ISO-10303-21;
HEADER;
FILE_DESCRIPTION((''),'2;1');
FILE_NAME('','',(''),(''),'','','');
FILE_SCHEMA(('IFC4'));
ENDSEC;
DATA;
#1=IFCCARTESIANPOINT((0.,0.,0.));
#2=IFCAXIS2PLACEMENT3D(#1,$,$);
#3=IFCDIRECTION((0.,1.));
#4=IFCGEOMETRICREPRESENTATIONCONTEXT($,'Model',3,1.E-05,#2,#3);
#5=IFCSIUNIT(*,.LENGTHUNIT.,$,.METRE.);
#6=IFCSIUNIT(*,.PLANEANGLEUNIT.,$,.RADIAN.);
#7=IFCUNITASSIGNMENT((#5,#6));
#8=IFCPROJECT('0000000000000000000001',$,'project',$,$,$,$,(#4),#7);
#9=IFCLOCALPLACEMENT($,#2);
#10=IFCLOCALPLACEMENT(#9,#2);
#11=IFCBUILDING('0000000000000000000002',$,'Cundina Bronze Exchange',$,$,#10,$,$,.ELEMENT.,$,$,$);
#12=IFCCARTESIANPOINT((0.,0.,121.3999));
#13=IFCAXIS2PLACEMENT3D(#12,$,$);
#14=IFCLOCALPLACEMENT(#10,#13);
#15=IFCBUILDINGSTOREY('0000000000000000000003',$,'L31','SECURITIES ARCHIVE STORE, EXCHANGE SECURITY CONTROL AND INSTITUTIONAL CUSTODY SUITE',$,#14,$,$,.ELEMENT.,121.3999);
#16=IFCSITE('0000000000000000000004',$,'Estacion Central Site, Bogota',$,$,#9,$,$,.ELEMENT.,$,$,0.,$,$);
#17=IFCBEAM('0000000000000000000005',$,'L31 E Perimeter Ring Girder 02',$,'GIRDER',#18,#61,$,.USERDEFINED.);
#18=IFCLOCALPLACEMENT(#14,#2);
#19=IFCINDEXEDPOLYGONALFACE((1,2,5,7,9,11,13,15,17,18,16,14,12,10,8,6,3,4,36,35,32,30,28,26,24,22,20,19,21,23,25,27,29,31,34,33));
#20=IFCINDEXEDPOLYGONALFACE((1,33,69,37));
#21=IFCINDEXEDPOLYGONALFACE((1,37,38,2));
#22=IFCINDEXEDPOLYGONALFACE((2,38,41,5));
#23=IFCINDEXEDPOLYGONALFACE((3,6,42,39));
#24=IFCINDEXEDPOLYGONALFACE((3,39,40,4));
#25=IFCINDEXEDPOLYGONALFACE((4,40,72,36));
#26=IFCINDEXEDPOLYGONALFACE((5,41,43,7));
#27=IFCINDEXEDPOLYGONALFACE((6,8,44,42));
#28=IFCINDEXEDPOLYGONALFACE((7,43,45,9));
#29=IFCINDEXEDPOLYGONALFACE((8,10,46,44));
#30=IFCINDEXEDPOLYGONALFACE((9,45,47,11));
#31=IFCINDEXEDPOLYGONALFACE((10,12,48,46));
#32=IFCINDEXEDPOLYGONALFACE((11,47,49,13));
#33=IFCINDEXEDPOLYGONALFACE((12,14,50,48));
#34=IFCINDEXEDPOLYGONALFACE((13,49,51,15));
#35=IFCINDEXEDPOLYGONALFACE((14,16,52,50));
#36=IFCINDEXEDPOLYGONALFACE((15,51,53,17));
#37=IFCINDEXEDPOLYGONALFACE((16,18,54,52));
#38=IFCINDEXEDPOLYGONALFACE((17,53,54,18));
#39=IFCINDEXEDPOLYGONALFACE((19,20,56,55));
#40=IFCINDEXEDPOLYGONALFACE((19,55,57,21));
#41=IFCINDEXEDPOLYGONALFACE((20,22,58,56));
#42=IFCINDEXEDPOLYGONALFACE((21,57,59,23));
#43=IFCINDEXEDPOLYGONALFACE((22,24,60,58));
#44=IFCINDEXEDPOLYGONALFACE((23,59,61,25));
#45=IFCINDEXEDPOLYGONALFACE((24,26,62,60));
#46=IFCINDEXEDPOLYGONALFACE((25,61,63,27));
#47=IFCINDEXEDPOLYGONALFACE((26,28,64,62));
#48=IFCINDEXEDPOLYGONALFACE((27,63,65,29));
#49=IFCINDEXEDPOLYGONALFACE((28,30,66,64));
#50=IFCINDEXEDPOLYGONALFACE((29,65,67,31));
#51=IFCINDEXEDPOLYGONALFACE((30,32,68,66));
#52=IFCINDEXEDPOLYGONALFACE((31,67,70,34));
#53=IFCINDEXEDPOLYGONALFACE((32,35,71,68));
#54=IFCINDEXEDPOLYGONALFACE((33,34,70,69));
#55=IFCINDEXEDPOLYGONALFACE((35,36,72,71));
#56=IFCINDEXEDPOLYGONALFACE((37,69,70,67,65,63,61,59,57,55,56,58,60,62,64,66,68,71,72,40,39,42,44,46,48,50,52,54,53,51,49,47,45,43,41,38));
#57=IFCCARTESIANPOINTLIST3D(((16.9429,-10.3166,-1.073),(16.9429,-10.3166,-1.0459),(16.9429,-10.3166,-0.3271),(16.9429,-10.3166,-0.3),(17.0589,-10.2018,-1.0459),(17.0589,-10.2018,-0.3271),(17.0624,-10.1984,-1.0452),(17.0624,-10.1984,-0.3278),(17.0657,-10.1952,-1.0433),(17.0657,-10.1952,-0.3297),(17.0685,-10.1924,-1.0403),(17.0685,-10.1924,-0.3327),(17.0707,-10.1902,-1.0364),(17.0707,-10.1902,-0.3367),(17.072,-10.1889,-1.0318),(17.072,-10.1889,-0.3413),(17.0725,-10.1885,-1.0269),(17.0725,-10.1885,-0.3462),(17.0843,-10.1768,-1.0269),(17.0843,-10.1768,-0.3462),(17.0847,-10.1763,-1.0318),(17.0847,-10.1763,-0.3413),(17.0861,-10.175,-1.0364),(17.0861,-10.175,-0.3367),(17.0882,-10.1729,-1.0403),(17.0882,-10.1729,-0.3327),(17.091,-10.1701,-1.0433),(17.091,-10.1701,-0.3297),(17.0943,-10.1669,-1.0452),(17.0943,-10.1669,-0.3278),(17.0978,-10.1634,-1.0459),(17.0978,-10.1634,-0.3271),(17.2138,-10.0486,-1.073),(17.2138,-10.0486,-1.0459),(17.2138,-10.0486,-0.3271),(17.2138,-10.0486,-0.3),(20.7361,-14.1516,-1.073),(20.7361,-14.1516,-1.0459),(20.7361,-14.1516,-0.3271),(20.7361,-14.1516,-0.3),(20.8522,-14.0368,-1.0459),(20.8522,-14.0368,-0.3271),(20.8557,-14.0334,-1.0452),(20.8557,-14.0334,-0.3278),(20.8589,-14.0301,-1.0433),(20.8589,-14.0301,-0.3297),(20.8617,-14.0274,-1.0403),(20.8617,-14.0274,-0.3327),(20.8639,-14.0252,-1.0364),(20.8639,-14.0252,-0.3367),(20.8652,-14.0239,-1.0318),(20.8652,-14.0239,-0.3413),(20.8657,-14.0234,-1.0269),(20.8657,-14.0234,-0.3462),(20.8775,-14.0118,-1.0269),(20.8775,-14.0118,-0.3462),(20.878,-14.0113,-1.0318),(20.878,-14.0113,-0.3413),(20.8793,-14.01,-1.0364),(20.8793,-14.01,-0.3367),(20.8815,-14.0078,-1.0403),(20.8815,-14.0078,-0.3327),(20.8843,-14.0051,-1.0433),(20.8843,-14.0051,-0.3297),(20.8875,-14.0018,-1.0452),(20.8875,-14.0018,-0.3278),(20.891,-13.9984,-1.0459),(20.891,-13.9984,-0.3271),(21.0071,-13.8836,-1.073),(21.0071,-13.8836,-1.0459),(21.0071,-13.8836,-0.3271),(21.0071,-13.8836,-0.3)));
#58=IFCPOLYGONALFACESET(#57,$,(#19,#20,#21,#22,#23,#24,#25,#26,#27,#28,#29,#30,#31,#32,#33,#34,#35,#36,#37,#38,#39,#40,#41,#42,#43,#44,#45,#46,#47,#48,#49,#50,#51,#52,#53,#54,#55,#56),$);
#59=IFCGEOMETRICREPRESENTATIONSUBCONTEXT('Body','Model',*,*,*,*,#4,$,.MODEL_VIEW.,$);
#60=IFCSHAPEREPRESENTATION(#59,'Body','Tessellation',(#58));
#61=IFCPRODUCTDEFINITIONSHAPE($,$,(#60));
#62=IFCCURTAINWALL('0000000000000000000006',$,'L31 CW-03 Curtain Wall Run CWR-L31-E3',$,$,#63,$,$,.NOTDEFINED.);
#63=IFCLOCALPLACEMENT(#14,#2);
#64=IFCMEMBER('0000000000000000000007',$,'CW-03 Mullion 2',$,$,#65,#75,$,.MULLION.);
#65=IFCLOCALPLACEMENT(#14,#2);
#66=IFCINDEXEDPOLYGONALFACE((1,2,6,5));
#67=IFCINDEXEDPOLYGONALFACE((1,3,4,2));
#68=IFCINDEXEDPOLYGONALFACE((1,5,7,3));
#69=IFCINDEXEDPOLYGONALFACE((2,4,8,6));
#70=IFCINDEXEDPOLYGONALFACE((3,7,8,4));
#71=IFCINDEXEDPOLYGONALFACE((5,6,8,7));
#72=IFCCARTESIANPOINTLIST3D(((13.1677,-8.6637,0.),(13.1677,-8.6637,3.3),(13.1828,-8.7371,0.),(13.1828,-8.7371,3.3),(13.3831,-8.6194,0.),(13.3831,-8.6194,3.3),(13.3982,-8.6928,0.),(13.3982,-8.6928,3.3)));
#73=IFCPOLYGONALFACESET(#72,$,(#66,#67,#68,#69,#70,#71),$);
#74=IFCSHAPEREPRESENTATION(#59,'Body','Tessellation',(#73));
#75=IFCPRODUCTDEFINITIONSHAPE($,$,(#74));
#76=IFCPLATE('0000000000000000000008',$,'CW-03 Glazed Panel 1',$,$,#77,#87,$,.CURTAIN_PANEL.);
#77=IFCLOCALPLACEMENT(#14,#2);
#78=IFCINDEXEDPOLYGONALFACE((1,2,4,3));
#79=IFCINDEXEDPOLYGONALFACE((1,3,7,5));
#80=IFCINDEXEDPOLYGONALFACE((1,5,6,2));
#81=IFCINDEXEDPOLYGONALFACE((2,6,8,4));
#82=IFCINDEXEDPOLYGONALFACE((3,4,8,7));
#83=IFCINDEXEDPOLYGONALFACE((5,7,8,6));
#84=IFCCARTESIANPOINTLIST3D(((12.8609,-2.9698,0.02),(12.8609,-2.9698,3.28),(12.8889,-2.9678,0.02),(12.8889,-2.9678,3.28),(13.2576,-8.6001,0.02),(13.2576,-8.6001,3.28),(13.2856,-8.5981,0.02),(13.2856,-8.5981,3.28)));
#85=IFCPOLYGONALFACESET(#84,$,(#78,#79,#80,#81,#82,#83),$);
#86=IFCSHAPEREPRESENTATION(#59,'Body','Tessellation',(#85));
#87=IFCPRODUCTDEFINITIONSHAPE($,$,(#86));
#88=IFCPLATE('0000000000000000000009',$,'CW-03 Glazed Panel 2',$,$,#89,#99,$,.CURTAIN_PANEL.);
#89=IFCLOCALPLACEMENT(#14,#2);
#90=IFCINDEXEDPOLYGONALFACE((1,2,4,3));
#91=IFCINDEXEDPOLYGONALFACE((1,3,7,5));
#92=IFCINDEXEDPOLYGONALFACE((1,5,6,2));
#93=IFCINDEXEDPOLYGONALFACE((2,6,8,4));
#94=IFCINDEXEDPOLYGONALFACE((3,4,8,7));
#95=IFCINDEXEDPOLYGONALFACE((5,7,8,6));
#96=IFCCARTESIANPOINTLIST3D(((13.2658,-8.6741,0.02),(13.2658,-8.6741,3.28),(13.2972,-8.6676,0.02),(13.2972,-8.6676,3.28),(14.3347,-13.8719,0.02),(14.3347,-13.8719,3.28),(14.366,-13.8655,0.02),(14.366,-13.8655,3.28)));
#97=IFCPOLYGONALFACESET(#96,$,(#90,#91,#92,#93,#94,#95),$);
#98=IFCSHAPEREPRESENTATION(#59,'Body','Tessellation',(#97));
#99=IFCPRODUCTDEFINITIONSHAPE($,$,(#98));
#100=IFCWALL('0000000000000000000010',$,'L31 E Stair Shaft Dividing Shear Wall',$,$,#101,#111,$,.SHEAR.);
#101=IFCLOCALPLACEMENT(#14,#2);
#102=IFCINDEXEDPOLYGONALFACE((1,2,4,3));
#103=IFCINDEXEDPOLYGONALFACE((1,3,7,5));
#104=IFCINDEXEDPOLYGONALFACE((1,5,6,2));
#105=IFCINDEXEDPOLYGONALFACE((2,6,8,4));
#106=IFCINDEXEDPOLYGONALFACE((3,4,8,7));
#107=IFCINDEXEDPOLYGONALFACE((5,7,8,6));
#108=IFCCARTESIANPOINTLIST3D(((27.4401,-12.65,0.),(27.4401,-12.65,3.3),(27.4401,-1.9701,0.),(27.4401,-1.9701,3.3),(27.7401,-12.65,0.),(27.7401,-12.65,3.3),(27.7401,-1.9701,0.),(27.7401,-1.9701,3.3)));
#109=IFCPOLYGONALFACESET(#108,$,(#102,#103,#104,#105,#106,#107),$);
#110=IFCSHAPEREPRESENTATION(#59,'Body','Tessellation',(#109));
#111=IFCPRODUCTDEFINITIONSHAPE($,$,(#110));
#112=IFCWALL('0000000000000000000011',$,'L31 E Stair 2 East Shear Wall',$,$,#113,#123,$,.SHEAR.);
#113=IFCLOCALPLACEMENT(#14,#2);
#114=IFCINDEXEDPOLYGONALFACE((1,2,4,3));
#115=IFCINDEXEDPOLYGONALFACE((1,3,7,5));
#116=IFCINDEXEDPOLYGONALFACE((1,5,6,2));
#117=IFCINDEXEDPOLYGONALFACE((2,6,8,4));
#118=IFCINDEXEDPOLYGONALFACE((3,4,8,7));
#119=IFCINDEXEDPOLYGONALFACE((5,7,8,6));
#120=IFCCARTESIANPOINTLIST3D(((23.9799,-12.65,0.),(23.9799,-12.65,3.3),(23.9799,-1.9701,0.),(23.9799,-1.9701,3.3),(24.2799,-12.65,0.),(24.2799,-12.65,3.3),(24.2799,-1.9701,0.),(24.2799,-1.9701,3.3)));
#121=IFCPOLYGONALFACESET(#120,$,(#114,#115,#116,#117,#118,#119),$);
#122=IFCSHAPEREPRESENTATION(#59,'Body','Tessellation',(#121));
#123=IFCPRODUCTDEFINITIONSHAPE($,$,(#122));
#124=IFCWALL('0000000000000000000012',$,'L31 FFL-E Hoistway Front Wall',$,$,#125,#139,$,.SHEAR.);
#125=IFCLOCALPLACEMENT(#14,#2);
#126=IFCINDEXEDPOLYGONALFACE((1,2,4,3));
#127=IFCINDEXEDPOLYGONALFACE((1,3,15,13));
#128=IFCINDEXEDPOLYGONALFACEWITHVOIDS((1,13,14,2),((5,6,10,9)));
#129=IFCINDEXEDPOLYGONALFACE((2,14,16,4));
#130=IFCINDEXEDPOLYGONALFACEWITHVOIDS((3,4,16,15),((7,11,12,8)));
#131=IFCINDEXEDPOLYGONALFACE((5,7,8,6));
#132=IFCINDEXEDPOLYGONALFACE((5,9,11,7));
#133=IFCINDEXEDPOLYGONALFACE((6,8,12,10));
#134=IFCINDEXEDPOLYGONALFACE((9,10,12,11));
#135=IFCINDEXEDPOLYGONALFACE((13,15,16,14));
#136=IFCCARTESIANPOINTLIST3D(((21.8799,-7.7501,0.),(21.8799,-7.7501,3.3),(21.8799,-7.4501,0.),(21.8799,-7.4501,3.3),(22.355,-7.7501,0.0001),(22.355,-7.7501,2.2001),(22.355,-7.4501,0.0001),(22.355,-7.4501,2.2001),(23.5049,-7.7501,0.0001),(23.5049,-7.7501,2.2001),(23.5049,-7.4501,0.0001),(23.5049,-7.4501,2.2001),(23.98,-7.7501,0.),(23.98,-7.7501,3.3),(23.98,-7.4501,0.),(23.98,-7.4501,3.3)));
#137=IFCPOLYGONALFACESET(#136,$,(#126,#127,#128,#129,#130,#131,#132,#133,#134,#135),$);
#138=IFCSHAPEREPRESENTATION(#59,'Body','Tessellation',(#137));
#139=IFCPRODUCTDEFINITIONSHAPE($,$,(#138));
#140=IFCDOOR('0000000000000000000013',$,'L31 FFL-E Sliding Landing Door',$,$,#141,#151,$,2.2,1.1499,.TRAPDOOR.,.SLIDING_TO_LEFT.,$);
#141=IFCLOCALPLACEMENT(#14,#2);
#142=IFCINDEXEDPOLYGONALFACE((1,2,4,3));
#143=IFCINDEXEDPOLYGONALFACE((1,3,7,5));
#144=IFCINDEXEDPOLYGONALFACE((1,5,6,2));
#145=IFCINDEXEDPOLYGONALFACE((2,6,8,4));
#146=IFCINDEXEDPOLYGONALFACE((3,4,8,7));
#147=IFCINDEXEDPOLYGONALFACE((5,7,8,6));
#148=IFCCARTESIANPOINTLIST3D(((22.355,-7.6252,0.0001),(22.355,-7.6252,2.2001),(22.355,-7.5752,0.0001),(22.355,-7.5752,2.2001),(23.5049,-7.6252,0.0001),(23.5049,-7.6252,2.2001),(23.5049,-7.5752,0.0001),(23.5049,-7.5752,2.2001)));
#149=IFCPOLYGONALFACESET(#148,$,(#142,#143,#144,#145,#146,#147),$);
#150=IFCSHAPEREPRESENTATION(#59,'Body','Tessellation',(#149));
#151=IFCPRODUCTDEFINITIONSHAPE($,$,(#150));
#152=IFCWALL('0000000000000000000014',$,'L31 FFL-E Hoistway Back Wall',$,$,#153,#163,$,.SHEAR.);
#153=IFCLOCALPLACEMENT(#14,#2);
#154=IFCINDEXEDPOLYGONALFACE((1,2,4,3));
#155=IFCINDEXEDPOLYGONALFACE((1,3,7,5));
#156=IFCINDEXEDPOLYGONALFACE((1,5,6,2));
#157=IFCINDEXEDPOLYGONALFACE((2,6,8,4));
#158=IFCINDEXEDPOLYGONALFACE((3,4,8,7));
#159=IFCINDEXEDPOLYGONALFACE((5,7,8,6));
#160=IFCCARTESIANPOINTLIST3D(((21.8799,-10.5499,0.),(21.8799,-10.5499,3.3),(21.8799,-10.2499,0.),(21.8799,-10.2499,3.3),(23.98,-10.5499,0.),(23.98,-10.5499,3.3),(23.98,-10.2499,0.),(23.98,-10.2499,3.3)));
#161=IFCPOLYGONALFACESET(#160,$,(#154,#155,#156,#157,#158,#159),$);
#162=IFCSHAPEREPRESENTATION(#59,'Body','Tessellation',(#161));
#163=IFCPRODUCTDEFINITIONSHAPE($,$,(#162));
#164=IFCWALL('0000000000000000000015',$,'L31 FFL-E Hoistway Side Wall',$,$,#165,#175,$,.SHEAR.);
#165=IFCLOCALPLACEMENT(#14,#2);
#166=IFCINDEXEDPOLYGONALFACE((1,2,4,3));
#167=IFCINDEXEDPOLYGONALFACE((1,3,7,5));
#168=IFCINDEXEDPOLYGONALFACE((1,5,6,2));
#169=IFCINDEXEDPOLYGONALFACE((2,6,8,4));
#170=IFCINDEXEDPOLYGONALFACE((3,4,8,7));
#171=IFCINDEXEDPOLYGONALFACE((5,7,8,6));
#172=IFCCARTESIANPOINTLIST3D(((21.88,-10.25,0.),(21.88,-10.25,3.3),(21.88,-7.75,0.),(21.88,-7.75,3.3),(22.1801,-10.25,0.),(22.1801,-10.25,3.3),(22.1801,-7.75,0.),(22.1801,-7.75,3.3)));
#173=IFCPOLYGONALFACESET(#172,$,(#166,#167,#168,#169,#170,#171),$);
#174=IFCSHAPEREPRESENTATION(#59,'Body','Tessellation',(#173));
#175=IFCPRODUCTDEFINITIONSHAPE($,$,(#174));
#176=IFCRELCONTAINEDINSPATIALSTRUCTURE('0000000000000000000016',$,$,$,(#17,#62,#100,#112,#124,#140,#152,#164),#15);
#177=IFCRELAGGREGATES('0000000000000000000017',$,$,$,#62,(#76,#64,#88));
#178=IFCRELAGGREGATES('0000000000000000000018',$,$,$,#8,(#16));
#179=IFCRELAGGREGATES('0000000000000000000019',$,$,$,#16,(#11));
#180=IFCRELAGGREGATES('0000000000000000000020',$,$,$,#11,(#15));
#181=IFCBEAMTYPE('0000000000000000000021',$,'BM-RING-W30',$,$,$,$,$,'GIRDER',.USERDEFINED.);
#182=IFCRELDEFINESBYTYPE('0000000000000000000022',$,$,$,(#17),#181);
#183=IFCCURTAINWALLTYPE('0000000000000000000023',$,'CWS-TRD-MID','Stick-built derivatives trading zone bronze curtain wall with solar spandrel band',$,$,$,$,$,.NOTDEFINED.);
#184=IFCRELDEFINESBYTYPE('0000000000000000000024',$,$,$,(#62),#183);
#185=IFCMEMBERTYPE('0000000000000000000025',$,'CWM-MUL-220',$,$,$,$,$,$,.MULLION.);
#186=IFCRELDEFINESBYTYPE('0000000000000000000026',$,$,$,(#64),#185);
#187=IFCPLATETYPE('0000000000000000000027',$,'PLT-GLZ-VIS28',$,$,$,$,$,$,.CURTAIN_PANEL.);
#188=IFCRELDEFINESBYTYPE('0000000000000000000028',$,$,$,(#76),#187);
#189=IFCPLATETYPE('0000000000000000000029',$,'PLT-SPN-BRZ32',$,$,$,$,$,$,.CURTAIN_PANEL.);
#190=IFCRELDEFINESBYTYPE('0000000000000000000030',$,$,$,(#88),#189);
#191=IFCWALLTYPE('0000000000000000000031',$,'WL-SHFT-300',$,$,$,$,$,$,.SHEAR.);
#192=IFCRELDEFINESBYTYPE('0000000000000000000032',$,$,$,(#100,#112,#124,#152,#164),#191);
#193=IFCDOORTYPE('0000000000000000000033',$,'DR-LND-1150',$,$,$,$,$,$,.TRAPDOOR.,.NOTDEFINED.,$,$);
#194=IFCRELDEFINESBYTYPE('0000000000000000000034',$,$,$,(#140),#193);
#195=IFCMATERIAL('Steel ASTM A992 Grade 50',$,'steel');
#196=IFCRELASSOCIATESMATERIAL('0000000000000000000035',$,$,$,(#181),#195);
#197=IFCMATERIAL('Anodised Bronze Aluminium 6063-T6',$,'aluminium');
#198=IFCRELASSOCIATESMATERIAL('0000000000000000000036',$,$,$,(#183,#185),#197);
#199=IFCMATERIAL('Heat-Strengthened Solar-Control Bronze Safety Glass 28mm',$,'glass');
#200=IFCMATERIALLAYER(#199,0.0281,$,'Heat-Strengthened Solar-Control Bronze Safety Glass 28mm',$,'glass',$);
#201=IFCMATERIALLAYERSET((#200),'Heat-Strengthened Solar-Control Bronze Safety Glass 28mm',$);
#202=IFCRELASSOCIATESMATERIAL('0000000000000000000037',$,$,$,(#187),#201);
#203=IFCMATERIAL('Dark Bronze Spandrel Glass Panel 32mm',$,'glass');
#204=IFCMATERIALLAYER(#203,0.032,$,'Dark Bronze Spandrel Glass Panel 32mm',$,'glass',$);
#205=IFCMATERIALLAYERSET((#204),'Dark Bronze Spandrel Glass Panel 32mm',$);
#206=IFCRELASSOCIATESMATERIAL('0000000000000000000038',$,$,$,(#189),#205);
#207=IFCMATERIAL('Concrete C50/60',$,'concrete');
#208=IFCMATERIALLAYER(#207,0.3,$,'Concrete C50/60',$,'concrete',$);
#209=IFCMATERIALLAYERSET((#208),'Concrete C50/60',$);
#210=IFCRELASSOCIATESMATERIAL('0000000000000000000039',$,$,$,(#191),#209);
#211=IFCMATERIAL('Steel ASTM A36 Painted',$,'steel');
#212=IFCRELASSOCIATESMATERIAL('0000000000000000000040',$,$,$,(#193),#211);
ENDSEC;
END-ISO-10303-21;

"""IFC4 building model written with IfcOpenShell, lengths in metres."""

from ifc_helpers import new_model, si_unit, direction, frame, frame_2d, origin, origin_2d, place, context, subcontext, project, spatial, rectangle, i_section, extrude, material, layer, layer_set, material_profile, profile_set, type_object, element, fill, aggregate, save


model = new_model("IFC4")

# Units and contexts
model_context = context("Model", 3, precision=1e-05, world=origin(), true_north=direction((0.0, 1.0)))
body_context = subcontext(model_context, "Body", "Model", "MODEL_VIEW")
ifc_project = project(units=[si_unit("LENGTHUNIT", "METRE"), si_unit("PLANEANGLEUNIT", "RADIAN")], contexts=[model_context])

# Site, building, storey
site_placement = place(None, origin())
site = spatial("IfcSite", under=ifc_project, at=site_placement, Name="Estacion Central Site, Bogota", CompositionType="ELEMENT", RefElevation=0.0)
building_placement = place(site_placement, origin())
building = spatial("IfcBuilding", under=site, at=building_placement, Name="Cundina Bronze Exchange", CompositionType="ELEMENT")
storey_placement = place(building_placement, frame((0.0, 0.0, 121.3999)))
storey = spatial("IfcBuildingStorey", under=building, at=storey_placement, Name="L31", Description="SECURITIES ARCHIVE STORE, EXCHANGE SECURITY CONTROL AND INSTITUTIONAL CUSTODY SUITE", CompositionType="ELEMENT", Elevation=121.3999)

# Beam
ifc_material_1 = material(Name="Steel ASTM A992 Grade 50", Category="steel")
ifc_material_profile_1 = material_profile(ifc_material_1, i_section(OverallWidth=0.3811, OverallDepth=0.7729, WebThickness=0.0166, FlangeThickness=0.0271, FilletRadius=0.019, at=origin_2d()), Name="W30X173", Category="steel")
ifc_profile_set_1 = profile_set([ifc_material_profile_1], Name="Steel ASTM A992 Grade 50")
beam_type_1 = type_object("IfcBeamType", Name="BM-RING-W30", ElementType="GIRDER", PredefinedType="USERDEFINED", material=ifc_profile_set_1)
beam_1_placement = place(storey_placement, frame((17.0784, -10.1826, -0.6865), z_axis=(0.703226, -0.710966, 0.0), x_axis=(0.710966, 0.703226, 0.0)))
element("IfcBeam", 1, at=beam_1_placement, inside=storey, type_object=beam_type_1, Name="L31 E Perimeter Ring Girder 02", ObjectType="GIRDER", PredefinedType="USERDEFINED", context=body_context, shape_type="SweptSolid", body=[
    extrude(i_section(OverallWidth=0.3811, OverallDepth=0.7729, WebThickness=0.0166, FlangeThickness=0.0271, FilletRadius=0.019, at=origin_2d()), origin(), (0.0, 0.0, 1.0), 5.394),
])

# Curtain wall, member, plates
ifc_material_2 = material(Name="Anodised Bronze Aluminium 6063-T6", Category="aluminium")
curtain_wall_type = type_object("IfcCurtainWallType", Name="CWS-TRD-MID", Description="Stick-built derivatives trading zone bronze curtain wall with solar spandrel band", PredefinedType="NOTDEFINED", material=ifc_material_2)
curtain_wall_placement = place(storey_placement, origin())
curtain_wall = element("IfcCurtainWall", 2, at=curtain_wall_placement, inside=storey, type_object=curtain_wall_type, Name="L31 CW-03 Curtain Wall Run CWR-L31-E3", PredefinedType="NOTDEFINED")
ifc_material_profile_2 = material_profile(ifc_material_2, rectangle(XDim=0.075, YDim=0.22, at=origin_2d()), Name="AL75X220", Category="aluminium")
ifc_profile_set_2 = profile_set([ifc_material_profile_2], Name="Anodised Bronze Aluminium 6063-T6")
member_type = type_object("IfcMemberType", Name="CWM-MUL-220", PredefinedType="MULLION", material=ifc_profile_set_2)
member_placement = place(storey_placement, frame((13.283, -8.6782, 0.0), z_axis=(0.0, 0.0, 1.0), x_axis=(0.20142, -0.979505, 0.0)))
member = element("IfcMember", 3, at=member_placement, type_object=member_type, Name="CW-03 Mullion 2", PredefinedType="MULLION", context=body_context, shape_type="SweptSolid", body=[
    extrude(rectangle(XDim=0.075, YDim=0.22, at=origin_2d()), origin(), (0.0, 0.0, 1.0), 3.3),
])
ifc_material_3 = material(Name="Heat-Strengthened Solar-Control Bronze Safety Glass 28mm", Category="glass")
ifc_layer_1 = layer(ifc_material_3, 0.0281, Name="Heat-Strengthened Solar-Control Bronze Safety Glass 28mm", Category="glass")
ifc_layer_set_1 = layer_set([ifc_layer_1], Name="Heat-Strengthened Solar-Control Bronze Safety Glass 28mm")
plate_type_1 = type_object("IfcPlateType", Name="PLT-GLZ-VIS28", PredefinedType="CURTAIN_PANEL", material=ifc_layer_set_1)
plate_1_placement = place(storey_placement, frame((13.0732, -5.7839, 0.02), z_axis=(0.0, 0.0, 1.0), x_axis=(0.070279, -0.997527, 0.0)))
plate_1 = element("IfcPlate", 4, at=plate_1_placement, type_object=plate_type_1, Name="CW-03 Glazed Panel 1", PredefinedType="CURTAIN_PANEL", context=body_context, shape_type="SweptSolid", body=[
    extrude(rectangle(XDim=5.6443, YDim=0.0281, at=origin_2d()), origin(), (0.0, 0.0, 1.0), 3.26),
])
ifc_material_4 = material(Name="Dark Bronze Spandrel Glass Panel 32mm", Category="glass")
ifc_layer_2 = layer(ifc_material_4, 0.032, Name="Dark Bronze Spandrel Glass Panel 32mm", Category="glass")
ifc_layer_set_2 = layer_set([ifc_layer_2], Name="Dark Bronze Spandrel Glass Panel 32mm")
plate_type_2 = type_object("IfcPlateType", Name="PLT-SPN-BRZ32", PredefinedType="CURTAIN_PANEL", material=ifc_layer_set_2)
plate_2_placement = place(storey_placement, frame((13.8159, -11.2698, 0.02), z_axis=(0.0, 0.0, 1.0), x_axis=(0.20142, -0.979505, 0.0)))
plate_2 = element("IfcPlate", 5, at=plate_2_placement, type_object=plate_type_2, Name="CW-03 Glazed Panel 2", PredefinedType="CURTAIN_PANEL", context=body_context, shape_type="SweptSolid", body=[
    extrude(rectangle(XDim=5.3066, YDim=0.032, at=origin_2d()), origin(), (0.0, 0.0, 1.0), 3.26),
])
aggregate(curtain_wall, [plate_1, member, plate_2])

# Walls
ifc_material_5 = material(Name="Concrete C50/60", Category="concrete")
ifc_layer_3 = layer(ifc_material_5, 0.3, Name="Concrete C50/60", Category="concrete")
ifc_layer_set_3 = layer_set([ifc_layer_3], Name="Concrete C50/60")
wall_type_1 = type_object("IfcWallType", Name="WL-SHFT-300", PredefinedType="SHEAR", material=ifc_layer_set_3)
for number, where, z_axis, x_axis, name in (
    (6, (27.5901, -12.6499, 0.0), (0.0, 0.0, 1.0), (0.0, 1.0, 0.0), "L31 E Stair Shaft Dividing Shear Wall"),
    (7, (24.1299, -12.6499, 0.0), (0.0, 0.0, 1.0), (0.0, 1.0, 0.0), "L31 E Stair 2 East Shear Wall"),
):
    element("IfcWall", number, at=place(storey_placement, frame(where, z_axis=z_axis, x_axis=x_axis)), inside=storey, type_object=wall_type_1, Name=name, PredefinedType="SHEAR", context=body_context, shape_type="SweptSolid", body=[
        extrude(rectangle(XDim=10.6799, YDim=0.3, at=frame_2d((5.3398, 0.0))), origin(), (0.0, 0.0, 1.0), 3.3),
    ])

# Wall, opening, door
ifc_material_6 = material(Name="Steel ASTM A36 Painted", Category="steel")
wall_1_placement = place(storey_placement, frame((21.8799, -7.6001, 0.0), z_axis=(0.0, 0.0, 1.0), x_axis=(1.0, 0.0, 0.0)))
wall_1 = element("IfcWall", 8, at=wall_1_placement, inside=storey, type_object=wall_type_1, Name="L31 FFL-E Hoistway Front Wall", PredefinedType="SHEAR", context=body_context, shape_type="SweptSolid", body=[
    extrude(rectangle(XDim=2.1001, YDim=0.3, at=frame_2d((1.05, 0.0))), origin(), (0.0, 0.0, 1.0), 3.3),
])
opening_1_placement = place(wall_1_placement, frame((0.4751, 0.0, 0.0)))
opening_1 = element("IfcOpeningElement", 9, at=opening_1_placement, cuts=wall_1, PredefinedType="OPENING", context=body_context, shape_type="SweptSolid", body=[
    extrude(rectangle(XDim=1.1499, YDim=2.2, at=frame_2d((0.575, 1.1001))), frame((0.0, 0.1599, 0.0), z_axis=(0.0, -1.0, 0.0), x_axis=(1.0, 0.0, 0.0)), (0.0, 0.0, 1.0), 0.3201),
])
door_type_1 = type_object("IfcDoorType", Name="DR-LND-1150", OperationType="NOTDEFINED", PredefinedType="TRAPDOOR", material=ifc_material_6)
door_1_placement = place(opening_1_placement, origin())
door_1 = element("IfcDoor", 10, at=door_1_placement, inside=storey, type_object=door_type_1, Name="L31 FFL-E Sliding Landing Door", OperationType="SLIDING_TO_LEFT", OverallHeight=2.2, OverallWidth=1.1499, PredefinedType="TRAPDOOR", context=body_context, shape_type="SweptSolid", body=[
    extrude(rectangle(XDim=1.1499, YDim=2.2, at=frame_2d((0.575, 1.1001))), frame((0.0, 0.0249, 0.0), z_axis=(0.0, -1.0, 0.0), x_axis=(1.0, 0.0, 0.0)), (0.0, 0.0, 1.0), 0.05),
])
fill(opening_1, door_1)

# Walls
wall_2_placement = place(storey_placement, frame((21.8799, -10.3999, 0.0), z_axis=(0.0, 0.0, 1.0), x_axis=(1.0, 0.0, 0.0)))
element("IfcWall", 11, at=wall_2_placement, inside=storey, type_object=wall_type_1, Name="L31 FFL-E Hoistway Back Wall", PredefinedType="SHEAR", context=body_context, shape_type="SweptSolid", body=[
    extrude(rectangle(XDim=2.1001, YDim=0.3, at=frame_2d((1.05, 0.0))), origin(), (0.0, 0.0, 1.0), 3.3),
])
wall_3_placement = place(storey_placement, frame((22.03, -10.25, 0.0), z_axis=(0.0, 0.0, 1.0), x_axis=(0.0, 1.0, 0.0)))
element("IfcWall", 12, at=wall_3_placement, inside=storey, type_object=wall_type_1, Name="L31 FFL-E Hoistway Side Wall", PredefinedType="SHEAR", context=body_context, shape_type="SweptSolid", body=[
    extrude(rectangle(XDim=2.5, YDim=0.3, at=frame_2d((1.25, 0.0))), origin(), (0.0, 0.0, 1.0), 3.3),
])

save(model, "model.ifc")
